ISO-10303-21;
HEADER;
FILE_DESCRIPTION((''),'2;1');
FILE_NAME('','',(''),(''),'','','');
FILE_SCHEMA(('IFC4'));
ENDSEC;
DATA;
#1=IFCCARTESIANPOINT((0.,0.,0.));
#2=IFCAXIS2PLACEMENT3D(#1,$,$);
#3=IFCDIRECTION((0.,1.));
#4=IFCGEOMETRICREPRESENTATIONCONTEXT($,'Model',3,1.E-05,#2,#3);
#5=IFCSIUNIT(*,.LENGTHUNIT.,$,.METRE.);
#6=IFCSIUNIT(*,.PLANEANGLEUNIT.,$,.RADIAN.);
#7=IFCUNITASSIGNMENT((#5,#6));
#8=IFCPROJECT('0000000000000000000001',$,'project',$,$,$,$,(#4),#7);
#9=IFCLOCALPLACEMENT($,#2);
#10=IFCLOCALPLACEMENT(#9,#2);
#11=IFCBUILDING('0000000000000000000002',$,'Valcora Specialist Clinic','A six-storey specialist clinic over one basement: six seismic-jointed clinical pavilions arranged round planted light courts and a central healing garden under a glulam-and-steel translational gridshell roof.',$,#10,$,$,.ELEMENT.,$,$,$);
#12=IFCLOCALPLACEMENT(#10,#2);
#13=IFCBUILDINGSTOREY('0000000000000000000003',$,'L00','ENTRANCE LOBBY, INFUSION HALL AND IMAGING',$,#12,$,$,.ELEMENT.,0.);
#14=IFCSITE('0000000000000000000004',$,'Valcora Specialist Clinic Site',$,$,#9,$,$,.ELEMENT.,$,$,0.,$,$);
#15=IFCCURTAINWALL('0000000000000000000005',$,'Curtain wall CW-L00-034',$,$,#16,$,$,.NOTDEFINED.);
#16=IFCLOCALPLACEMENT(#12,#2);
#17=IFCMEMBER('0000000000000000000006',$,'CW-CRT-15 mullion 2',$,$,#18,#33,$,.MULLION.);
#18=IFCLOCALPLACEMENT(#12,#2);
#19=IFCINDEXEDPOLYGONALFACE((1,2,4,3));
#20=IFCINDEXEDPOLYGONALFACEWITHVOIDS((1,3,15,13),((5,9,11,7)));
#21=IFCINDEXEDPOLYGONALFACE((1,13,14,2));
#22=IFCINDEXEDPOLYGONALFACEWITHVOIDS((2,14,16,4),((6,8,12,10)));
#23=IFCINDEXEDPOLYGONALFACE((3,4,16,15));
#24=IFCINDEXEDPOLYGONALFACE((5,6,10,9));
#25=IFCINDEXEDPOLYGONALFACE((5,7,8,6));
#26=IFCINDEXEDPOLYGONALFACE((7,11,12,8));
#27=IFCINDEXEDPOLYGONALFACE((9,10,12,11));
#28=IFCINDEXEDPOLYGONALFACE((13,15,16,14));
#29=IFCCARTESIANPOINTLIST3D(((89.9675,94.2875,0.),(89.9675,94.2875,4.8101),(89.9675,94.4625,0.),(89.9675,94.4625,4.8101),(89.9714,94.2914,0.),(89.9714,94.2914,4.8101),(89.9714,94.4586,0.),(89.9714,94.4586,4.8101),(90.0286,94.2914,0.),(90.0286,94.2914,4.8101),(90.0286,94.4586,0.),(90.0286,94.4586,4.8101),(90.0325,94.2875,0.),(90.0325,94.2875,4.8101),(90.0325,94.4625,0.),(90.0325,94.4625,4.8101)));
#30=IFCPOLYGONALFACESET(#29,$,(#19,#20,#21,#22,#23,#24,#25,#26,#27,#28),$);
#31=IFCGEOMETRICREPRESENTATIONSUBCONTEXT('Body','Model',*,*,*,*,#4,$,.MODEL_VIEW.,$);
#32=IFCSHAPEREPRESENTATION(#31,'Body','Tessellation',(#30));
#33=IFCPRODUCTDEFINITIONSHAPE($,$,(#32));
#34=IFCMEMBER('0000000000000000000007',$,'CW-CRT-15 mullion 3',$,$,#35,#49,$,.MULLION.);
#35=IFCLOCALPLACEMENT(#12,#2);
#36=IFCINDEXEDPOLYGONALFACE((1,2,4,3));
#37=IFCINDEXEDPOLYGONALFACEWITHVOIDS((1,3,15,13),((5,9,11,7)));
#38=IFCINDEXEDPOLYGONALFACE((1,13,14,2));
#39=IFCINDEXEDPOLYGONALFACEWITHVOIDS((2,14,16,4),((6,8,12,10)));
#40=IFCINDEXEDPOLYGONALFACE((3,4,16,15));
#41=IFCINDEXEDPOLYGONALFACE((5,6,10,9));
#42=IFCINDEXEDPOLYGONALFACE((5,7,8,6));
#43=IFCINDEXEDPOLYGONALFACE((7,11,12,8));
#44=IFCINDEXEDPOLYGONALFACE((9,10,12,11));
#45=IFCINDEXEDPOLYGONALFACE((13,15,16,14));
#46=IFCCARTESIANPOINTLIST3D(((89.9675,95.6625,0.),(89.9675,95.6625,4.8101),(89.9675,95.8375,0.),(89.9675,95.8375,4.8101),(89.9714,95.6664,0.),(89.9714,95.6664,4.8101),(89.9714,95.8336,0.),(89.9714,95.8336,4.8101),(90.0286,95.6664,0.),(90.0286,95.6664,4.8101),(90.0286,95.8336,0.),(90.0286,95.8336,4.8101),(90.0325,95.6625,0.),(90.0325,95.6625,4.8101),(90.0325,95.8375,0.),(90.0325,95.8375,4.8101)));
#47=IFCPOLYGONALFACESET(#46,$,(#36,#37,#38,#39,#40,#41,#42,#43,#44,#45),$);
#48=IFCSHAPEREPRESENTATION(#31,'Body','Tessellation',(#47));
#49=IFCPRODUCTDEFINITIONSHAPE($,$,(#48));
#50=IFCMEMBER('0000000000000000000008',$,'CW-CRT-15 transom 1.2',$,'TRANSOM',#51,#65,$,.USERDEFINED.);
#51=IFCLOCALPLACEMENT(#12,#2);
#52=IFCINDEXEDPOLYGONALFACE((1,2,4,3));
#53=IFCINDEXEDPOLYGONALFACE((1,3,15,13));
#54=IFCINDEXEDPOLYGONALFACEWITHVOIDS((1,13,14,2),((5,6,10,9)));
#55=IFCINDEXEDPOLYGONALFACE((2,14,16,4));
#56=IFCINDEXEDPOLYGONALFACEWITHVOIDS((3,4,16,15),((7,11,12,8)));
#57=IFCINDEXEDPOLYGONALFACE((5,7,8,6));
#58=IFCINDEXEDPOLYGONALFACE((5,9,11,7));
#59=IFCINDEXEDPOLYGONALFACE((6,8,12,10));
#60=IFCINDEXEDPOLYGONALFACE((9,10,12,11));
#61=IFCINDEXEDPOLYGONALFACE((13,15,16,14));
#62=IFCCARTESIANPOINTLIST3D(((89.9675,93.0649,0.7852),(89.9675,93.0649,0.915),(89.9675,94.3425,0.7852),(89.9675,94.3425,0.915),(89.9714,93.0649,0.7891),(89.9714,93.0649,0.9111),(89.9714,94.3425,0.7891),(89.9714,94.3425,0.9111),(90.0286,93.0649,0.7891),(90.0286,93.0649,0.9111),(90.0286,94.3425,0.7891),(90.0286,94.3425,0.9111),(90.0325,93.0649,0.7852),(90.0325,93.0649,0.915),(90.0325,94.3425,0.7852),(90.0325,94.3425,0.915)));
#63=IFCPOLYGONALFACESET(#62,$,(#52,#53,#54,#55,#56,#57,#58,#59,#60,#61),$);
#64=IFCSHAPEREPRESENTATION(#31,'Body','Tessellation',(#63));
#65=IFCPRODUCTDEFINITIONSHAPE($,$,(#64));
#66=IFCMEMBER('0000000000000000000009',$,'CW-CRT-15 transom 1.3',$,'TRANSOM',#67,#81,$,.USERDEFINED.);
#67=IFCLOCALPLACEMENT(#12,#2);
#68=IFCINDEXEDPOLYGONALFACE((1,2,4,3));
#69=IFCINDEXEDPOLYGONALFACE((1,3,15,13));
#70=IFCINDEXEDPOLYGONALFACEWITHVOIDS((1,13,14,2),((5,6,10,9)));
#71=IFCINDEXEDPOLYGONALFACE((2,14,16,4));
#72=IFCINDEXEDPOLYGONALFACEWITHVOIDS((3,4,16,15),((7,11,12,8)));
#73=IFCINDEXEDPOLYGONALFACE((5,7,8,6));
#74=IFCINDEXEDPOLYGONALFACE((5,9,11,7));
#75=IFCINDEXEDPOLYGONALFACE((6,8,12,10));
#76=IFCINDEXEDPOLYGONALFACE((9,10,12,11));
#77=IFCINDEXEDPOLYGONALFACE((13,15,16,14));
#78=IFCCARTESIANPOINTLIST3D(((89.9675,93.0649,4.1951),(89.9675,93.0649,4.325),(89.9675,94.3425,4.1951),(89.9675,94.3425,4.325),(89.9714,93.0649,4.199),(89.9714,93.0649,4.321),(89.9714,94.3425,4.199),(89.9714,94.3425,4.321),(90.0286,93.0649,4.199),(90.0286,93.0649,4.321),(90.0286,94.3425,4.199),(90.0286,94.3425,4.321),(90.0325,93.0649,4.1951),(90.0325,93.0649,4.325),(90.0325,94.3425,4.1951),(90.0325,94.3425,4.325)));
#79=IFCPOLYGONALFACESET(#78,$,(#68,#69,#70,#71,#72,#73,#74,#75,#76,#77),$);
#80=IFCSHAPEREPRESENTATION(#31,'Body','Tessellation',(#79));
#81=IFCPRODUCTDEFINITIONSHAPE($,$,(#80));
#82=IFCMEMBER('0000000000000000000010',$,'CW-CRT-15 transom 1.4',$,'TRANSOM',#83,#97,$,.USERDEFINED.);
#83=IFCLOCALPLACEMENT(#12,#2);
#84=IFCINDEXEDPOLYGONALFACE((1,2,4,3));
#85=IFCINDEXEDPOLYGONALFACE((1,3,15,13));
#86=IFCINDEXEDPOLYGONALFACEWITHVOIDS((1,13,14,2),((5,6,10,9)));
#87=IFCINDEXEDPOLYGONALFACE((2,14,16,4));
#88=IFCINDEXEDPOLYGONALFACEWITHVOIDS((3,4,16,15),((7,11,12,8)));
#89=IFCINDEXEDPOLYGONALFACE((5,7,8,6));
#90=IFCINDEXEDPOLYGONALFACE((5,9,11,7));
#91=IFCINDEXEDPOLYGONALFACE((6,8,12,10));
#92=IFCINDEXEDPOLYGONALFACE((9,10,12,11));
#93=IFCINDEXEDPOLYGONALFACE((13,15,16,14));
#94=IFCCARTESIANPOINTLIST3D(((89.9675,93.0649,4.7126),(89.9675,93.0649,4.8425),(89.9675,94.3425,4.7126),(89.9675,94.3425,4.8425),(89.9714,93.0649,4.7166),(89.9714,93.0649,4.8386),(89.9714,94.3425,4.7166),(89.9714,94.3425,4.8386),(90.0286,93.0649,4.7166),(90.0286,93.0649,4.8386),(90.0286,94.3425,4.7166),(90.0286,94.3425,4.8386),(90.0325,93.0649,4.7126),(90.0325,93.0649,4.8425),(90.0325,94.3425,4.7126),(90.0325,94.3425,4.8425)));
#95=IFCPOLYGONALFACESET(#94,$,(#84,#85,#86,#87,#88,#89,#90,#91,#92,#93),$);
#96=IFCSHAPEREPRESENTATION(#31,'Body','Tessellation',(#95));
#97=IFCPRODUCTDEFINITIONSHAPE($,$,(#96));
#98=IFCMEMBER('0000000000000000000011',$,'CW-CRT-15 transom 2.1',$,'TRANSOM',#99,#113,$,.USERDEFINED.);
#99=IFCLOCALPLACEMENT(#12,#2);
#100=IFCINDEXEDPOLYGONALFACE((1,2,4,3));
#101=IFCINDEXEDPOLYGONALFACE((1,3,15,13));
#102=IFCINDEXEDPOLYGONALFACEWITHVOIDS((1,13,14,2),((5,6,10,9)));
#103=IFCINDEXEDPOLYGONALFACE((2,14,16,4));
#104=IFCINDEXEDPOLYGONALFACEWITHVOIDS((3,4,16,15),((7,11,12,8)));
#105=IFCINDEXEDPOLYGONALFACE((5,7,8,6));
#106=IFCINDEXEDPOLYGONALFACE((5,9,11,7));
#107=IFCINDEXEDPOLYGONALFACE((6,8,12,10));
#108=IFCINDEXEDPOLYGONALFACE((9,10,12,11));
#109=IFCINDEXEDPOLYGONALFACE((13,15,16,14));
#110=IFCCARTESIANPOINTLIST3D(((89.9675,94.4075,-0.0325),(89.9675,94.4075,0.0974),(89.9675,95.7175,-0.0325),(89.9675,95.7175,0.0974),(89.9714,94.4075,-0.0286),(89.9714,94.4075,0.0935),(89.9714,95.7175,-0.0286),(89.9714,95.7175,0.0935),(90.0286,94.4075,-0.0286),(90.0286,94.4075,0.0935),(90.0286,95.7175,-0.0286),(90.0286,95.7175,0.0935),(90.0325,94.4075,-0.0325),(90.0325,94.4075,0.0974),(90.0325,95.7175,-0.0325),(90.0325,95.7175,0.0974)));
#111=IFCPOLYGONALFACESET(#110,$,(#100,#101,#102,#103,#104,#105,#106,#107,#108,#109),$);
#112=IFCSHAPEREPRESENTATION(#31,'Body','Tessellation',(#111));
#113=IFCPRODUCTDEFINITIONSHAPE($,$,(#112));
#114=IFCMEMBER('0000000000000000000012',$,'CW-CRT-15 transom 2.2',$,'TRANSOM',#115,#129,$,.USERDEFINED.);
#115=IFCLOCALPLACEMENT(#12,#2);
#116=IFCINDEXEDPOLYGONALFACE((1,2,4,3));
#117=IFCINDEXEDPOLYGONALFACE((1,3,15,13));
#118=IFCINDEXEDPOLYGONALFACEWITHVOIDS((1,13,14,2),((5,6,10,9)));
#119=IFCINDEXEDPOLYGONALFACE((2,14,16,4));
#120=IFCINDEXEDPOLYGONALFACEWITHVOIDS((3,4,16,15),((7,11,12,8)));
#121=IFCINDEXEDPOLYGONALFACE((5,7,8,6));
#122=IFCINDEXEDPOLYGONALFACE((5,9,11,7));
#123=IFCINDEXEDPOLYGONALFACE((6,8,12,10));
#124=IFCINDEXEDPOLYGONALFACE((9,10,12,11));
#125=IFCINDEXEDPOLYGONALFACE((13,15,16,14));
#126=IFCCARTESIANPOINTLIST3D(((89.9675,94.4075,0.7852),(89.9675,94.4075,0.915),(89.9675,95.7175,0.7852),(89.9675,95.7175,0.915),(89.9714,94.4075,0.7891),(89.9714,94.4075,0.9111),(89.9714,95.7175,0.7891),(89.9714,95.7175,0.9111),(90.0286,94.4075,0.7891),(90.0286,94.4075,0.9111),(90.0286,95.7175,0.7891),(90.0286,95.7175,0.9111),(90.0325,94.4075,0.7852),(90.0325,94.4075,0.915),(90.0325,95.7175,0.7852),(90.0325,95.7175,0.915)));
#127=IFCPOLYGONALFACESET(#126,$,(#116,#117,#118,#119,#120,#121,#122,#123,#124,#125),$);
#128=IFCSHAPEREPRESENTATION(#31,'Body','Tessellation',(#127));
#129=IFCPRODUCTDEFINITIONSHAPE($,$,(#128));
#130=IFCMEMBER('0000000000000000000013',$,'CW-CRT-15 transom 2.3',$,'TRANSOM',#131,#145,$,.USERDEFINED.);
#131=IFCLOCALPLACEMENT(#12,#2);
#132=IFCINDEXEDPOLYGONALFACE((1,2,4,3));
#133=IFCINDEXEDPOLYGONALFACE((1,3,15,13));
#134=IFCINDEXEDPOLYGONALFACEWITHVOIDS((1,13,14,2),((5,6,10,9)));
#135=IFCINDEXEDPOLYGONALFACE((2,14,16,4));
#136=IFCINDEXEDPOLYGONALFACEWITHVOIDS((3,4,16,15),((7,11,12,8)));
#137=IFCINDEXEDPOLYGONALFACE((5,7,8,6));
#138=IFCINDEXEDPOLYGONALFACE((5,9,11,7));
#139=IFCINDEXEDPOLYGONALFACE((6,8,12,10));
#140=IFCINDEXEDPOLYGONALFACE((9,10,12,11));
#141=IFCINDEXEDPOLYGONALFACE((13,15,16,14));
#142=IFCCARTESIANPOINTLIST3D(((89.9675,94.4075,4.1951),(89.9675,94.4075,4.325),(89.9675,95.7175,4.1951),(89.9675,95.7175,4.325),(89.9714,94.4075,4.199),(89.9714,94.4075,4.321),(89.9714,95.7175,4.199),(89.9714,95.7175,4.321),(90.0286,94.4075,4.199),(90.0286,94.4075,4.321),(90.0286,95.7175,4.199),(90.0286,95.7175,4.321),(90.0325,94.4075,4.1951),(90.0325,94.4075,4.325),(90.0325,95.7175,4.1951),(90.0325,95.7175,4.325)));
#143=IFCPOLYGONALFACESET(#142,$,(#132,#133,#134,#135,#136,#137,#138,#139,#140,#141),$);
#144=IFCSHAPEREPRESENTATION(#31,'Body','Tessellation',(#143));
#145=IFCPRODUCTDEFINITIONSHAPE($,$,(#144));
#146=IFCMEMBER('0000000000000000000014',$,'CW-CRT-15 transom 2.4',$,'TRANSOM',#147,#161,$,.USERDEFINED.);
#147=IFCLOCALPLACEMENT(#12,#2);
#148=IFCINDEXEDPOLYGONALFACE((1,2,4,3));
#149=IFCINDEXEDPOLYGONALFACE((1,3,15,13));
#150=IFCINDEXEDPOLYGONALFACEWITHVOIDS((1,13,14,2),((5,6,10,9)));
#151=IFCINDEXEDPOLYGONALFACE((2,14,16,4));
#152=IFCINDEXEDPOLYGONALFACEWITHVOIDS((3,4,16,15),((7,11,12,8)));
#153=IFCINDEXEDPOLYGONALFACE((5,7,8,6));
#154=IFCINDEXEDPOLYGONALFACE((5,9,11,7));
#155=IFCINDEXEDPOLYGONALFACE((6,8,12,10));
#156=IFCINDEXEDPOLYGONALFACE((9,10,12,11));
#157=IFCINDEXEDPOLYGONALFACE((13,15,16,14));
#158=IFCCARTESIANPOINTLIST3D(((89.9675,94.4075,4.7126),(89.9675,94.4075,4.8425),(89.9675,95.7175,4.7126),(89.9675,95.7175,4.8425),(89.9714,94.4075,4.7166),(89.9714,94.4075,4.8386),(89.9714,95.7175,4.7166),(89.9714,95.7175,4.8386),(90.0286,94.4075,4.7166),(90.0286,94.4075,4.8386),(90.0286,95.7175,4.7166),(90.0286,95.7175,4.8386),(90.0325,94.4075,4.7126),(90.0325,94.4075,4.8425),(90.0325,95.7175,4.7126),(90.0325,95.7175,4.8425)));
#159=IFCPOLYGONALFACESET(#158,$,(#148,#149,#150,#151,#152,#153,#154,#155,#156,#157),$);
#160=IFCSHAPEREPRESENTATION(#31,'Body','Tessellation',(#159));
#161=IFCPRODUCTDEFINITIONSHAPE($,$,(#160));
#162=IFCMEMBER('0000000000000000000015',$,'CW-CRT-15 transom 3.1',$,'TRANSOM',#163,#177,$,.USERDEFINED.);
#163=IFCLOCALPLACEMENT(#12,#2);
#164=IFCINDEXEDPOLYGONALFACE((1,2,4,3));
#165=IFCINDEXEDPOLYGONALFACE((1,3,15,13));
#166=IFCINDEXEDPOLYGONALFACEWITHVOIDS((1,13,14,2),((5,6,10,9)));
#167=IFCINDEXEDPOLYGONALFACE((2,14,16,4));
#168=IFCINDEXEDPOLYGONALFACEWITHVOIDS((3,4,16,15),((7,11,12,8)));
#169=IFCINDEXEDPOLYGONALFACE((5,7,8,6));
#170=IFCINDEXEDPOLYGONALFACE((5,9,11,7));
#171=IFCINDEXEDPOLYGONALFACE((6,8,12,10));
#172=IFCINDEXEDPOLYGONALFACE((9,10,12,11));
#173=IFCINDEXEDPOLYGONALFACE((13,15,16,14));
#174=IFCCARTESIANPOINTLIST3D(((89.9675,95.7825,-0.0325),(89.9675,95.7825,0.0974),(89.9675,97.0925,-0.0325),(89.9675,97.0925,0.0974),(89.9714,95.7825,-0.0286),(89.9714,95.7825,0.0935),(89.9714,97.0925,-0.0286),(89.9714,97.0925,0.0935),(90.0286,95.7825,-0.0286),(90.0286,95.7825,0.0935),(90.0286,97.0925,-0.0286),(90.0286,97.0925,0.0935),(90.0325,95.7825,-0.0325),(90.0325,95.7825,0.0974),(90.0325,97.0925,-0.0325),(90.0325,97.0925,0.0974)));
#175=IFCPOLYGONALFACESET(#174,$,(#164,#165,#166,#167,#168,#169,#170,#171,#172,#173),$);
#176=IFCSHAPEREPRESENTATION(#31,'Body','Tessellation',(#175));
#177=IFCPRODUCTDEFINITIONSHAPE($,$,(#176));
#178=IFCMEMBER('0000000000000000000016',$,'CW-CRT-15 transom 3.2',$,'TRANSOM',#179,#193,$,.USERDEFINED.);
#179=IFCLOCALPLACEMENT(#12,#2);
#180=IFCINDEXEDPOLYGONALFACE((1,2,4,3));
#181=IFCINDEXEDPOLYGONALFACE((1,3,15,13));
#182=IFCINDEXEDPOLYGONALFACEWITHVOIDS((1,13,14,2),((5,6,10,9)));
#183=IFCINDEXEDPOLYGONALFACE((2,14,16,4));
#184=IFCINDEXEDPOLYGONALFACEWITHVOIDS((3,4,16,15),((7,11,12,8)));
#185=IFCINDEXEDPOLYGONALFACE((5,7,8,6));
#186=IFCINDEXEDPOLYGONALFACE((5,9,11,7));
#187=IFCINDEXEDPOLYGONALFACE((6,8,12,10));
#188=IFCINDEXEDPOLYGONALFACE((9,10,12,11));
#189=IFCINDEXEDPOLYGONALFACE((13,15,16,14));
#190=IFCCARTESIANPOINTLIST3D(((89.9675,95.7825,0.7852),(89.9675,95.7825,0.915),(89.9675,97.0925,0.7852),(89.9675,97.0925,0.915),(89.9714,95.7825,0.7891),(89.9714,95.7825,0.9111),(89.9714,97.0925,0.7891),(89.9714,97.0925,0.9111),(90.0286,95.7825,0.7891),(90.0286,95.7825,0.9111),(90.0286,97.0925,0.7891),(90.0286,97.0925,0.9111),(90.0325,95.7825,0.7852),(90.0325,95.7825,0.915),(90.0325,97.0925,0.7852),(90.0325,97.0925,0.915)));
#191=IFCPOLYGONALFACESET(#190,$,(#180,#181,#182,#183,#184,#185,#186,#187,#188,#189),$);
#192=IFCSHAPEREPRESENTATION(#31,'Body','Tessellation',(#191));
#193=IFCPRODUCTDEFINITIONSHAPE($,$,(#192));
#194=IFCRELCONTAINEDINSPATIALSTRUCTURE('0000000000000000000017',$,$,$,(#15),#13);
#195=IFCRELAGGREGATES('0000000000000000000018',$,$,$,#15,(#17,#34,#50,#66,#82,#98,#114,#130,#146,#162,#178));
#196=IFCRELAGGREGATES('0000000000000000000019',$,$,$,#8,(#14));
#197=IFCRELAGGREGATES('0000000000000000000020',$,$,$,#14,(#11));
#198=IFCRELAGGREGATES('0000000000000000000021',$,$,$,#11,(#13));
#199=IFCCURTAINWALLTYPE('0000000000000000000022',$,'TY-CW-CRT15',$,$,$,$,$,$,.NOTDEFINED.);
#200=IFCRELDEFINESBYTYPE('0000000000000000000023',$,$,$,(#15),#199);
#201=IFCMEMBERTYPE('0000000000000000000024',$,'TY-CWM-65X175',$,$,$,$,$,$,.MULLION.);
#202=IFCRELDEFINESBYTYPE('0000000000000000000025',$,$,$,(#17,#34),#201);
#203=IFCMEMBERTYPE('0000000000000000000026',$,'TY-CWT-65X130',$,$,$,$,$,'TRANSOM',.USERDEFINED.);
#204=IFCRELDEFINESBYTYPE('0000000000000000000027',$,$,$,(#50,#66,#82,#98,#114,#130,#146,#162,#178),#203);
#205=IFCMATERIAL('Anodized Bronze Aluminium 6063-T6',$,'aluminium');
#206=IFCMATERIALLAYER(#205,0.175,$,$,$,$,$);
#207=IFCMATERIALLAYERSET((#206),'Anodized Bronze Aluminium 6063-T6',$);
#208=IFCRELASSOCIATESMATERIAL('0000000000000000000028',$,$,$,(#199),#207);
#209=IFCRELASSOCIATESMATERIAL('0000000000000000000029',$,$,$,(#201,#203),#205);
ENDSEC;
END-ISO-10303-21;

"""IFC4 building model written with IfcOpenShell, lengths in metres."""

from ifc_helpers import new_model, si_unit, direction, frame, origin, origin_2d, place, context, subcontext, project, spatial, hollow_rectangle, extrude, material, layer, layer_set, material_profile, profile_set, type_object, element, aggregate, save


model = new_model("IFC4")

# Units and contexts
model_context = context("Model", 3, precision=1e-05, world=origin(), true_north=direction((0.0, 1.0)))
body_context = subcontext(model_context, "Body", "Model", "MODEL_VIEW")
ifc_project = project(units=[si_unit("LENGTHUNIT", "METRE"), si_unit("PLANEANGLEUNIT", "RADIAN")], contexts=[model_context])

# Site, building, storey
site_placement = place(None, origin())
site = spatial("IfcSite", under=ifc_project, at=site_placement, Name="Valcora Specialist Clinic Site", CompositionType="ELEMENT", RefElevation=0.0)
building_placement = place(site_placement, origin())
building = spatial("IfcBuilding", under=site, at=building_placement, Name="Valcora Specialist Clinic", Description="A six-storey specialist clinic over one basement: six seismic-jointed clinical pavilions arranged round planted light courts and a central healing garden under a glulam-and-steel translational gridshell roof.", CompositionType="ELEMENT")
storey_placement = place(building_placement, origin())
storey = spatial("IfcBuildingStorey", under=building, at=storey_placement, Name="L00", Description="ENTRANCE LOBBY, INFUSION HALL AND IMAGING", CompositionType="ELEMENT", Elevation=0.0)

# Curtain wall, members
ifc_material_1 = material(Name="Anodized Bronze Aluminium 6063-T6", Category="aluminium")
ifc_layer_1 = layer(ifc_material_1, 0.175)
ifc_layer_set_1 = layer_set([ifc_layer_1], Name="Anodized Bronze Aluminium 6063-T6")
curtain_wall_type = type_object("IfcCurtainWallType", Name="TY-CW-CRT15", PredefinedType="NOTDEFINED", material=ifc_layer_set_1)
curtain_wall_placement = place(storey_placement, origin())
curtain_wall = element("IfcCurtainWall", 1, at=curtain_wall_placement, inside=storey, type_object=curtain_wall_type, Name="Curtain wall CW-L00-034", PredefinedType="NOTDEFINED")
ifc_material_profile_1 = material_profile(ifc_material_1, hollow_rectangle(XDim=0.0649, YDim=0.175, WallThickness=0.0039, at=origin_2d()), Name="AL-MUL-65X175")
ifc_profile_set_1 = profile_set([ifc_material_profile_1], Name="Anodized Bronze Aluminium 6063-T6")
member_type_1 = type_object("IfcMemberType", Name="TY-CWM-65X175", PredefinedType="MULLION", material=ifc_profile_set_1)
member_1_placement = place(storey_placement, frame((90.0, 94.375, 0.0), z_axis=(0.0, 0.0, 1.0), x_axis=(-1.0, 0.0, 0.0)))
member_1 = element("IfcMember", 2, at=member_1_placement, type_object=member_type_1, Name="CW-CRT-15 mullion 2", PredefinedType="MULLION", context=body_context, shape_type="SweptSolid", body=[
    extrude(hollow_rectangle(XDim=0.0649, YDim=0.175, WallThickness=0.0039, at=origin_2d()), origin(), (0.0, 0.0, 1.0), 4.8101),
])
member_2_placement = place(storey_placement, frame((90.0, 95.75, 0.0), z_axis=(0.0, 0.0, 1.0), x_axis=(-1.0, 0.0, 0.0)))
member_2 = element("IfcMember", 3, at=member_2_placement, type_object=member_type_1, Name="CW-CRT-15 mullion 3", PredefinedType="MULLION", context=body_context, shape_type="SweptSolid", body=[
    extrude(hollow_rectangle(XDim=0.0649, YDim=0.175, WallThickness=0.0039, at=origin_2d()), origin(), (0.0, 0.0, 1.0), 4.8101),
])
ifc_material_profile_2 = material_profile(ifc_material_1, hollow_rectangle(XDim=0.0649, YDim=0.1299, WallThickness=0.0039, at=origin_2d()), Name="AL-TRN-65X130")
ifc_profile_set_2 = profile_set([ifc_material_profile_2], Name="Anodized Bronze Aluminium 6063-T6")
member_type_2 = type_object("IfcMemberType", Name="TY-CWT-65X130", ElementType="TRANSOM", PredefinedType="USERDEFINED", material=ifc_profile_set_2)
member_3_placement = place(storey_placement, frame((90.0, 93.0649, 0.8501), z_axis=(0.0, 1.0, 0.0), x_axis=(-1.0, 0.0, 0.0)))
member_3 = element("IfcMember", 4, at=member_3_placement, type_object=member_type_2, Name="CW-CRT-15 transom 1.2", ObjectType="TRANSOM", PredefinedType="USERDEFINED", context=body_context, shape_type="SweptSolid", body=[
    extrude(hollow_rectangle(XDim=0.0649, YDim=0.1299, WallThickness=0.0039, at=origin_2d()), origin(), (0.0, 0.0, 1.0), 1.2776),
])
member_4_placement = place(storey_placement, frame((90.0, 93.0649, 4.26), z_axis=(0.0, 1.0, 0.0), x_axis=(-1.0, 0.0, 0.0)))
member_4 = element("IfcMember", 5, at=member_4_placement, type_object=member_type_2, Name="CW-CRT-15 transom 1.3", ObjectType="TRANSOM", PredefinedType="USERDEFINED", context=body_context, shape_type="SweptSolid", body=[
    extrude(hollow_rectangle(XDim=0.0649, YDim=0.1299, WallThickness=0.0039, at=origin_2d()), origin(), (0.0, 0.0, 1.0), 1.2776),
])
member_5_placement = place(storey_placement, frame((90.0, 93.0649, 4.7776), z_axis=(0.0, 1.0, 0.0), x_axis=(-1.0, 0.0, 0.0)))
member_5 = element("IfcMember", 6, at=member_5_placement, type_object=member_type_2, Name="CW-CRT-15 transom 1.4", ObjectType="TRANSOM", PredefinedType="USERDEFINED", context=body_context, shape_type="SweptSolid", body=[
    extrude(hollow_rectangle(XDim=0.0649, YDim=0.1299, WallThickness=0.0039, at=origin_2d()), origin(), (0.0, 0.0, 1.0), 1.2776),
])
member_6_placement = place(storey_placement, frame((90.0, 94.4075, 0.0325), z_axis=(0.0, 1.0, 0.0), x_axis=(-1.0, 0.0, 0.0)))
member_6 = element("IfcMember", 7, at=member_6_placement, type_object=member_type_2, Name="CW-CRT-15 transom 2.1", ObjectType="TRANSOM", PredefinedType="USERDEFINED", context=body_context, shape_type="SweptSolid", body=[
    extrude(hollow_rectangle(XDim=0.0649, YDim=0.1299, WallThickness=0.0039, at=origin_2d()), origin(), (0.0, 0.0, 1.0), 1.3101),
])
member_7_placement = place(storey_placement, frame((90.0, 94.4075, 0.8501), z_axis=(0.0, 1.0, 0.0), x_axis=(-1.0, 0.0, 0.0)))
member_7 = element("IfcMember", 8, at=member_7_placement, type_object=member_type_2, Name="CW-CRT-15 transom 2.2", ObjectType="TRANSOM", PredefinedType="USERDEFINED", context=body_context, shape_type="SweptSolid", body=[
    extrude(hollow_rectangle(XDim=0.0649, YDim=0.1299, WallThickness=0.0039, at=origin_2d()), origin(), (0.0, 0.0, 1.0), 1.3101),
])
member_8_placement = place(storey_placement, frame((90.0, 94.4075, 4.26), z_axis=(0.0, 1.0, 0.0), x_axis=(-1.0, 0.0, 0.0)))
member_8 = element("IfcMember", 9, at=member_8_placement, type_object=member_type_2, Name="CW-CRT-15 transom 2.3", ObjectType="TRANSOM", PredefinedType="USERDEFINED", context=body_context, shape_type="SweptSolid", body=[
    extrude(hollow_rectangle(XDim=0.0649, YDim=0.1299, WallThickness=0.0039, at=origin_2d()), origin(), (0.0, 0.0, 1.0), 1.3101),
])
member_9_placement = place(storey_placement, frame((90.0, 94.4075, 4.7776), z_axis=(0.0, 1.0, 0.0), x_axis=(-1.0, 0.0, 0.0)))
member_9 = element("IfcMember", 10, at=member_9_placement, type_object=member_type_2, Name="CW-CRT-15 transom 2.4", ObjectType="TRANSOM", PredefinedType="USERDEFINED", context=body_context, shape_type="SweptSolid", body=[
    extrude(hollow_rectangle(XDim=0.0649, YDim=0.1299, WallThickness=0.0039, at=origin_2d()), origin(), (0.0, 0.0, 1.0), 1.3101),
])
member_10_placement = place(storey_placement, frame((90.0, 95.7825, 0.0325), z_axis=(0.0, 1.0, 0.0), x_axis=(-1.0, 0.0, 0.0)))
member_10 = element("IfcMember", 11, at=member_10_placement, type_object=member_type_2, Name="CW-CRT-15 transom 3.1", ObjectType="TRANSOM", PredefinedType="USERDEFINED", context=body_context, shape_type="SweptSolid", body=[
    extrude(hollow_rectangle(XDim=0.0649, YDim=0.1299, WallThickness=0.0039, at=origin_2d()), origin(), (0.0, 0.0, 1.0), 1.3101),
])
member_11_placement = place(storey_placement, frame((90.0, 95.7825, 0.8501), z_axis=(0.0, 1.0, 0.0), x_axis=(-1.0, 0.0, 0.0)))
member_11 = element("IfcMember", 12, at=member_11_placement, type_object=member_type_2, Name="CW-CRT-15 transom 3.2", ObjectType="TRANSOM", PredefinedType="USERDEFINED", context=body_context, shape_type="SweptSolid", body=[
    extrude(hollow_rectangle(XDim=0.0649, YDim=0.1299, WallThickness=0.0039, at=origin_2d()), origin(), (0.0, 0.0, 1.0), 1.3101),
])
aggregate(curtain_wall, [member_1, member_2, member_3, member_4, member_5, member_6, member_7, member_8, member_9, member_10, member_11])

save(model, "model.ifc")
